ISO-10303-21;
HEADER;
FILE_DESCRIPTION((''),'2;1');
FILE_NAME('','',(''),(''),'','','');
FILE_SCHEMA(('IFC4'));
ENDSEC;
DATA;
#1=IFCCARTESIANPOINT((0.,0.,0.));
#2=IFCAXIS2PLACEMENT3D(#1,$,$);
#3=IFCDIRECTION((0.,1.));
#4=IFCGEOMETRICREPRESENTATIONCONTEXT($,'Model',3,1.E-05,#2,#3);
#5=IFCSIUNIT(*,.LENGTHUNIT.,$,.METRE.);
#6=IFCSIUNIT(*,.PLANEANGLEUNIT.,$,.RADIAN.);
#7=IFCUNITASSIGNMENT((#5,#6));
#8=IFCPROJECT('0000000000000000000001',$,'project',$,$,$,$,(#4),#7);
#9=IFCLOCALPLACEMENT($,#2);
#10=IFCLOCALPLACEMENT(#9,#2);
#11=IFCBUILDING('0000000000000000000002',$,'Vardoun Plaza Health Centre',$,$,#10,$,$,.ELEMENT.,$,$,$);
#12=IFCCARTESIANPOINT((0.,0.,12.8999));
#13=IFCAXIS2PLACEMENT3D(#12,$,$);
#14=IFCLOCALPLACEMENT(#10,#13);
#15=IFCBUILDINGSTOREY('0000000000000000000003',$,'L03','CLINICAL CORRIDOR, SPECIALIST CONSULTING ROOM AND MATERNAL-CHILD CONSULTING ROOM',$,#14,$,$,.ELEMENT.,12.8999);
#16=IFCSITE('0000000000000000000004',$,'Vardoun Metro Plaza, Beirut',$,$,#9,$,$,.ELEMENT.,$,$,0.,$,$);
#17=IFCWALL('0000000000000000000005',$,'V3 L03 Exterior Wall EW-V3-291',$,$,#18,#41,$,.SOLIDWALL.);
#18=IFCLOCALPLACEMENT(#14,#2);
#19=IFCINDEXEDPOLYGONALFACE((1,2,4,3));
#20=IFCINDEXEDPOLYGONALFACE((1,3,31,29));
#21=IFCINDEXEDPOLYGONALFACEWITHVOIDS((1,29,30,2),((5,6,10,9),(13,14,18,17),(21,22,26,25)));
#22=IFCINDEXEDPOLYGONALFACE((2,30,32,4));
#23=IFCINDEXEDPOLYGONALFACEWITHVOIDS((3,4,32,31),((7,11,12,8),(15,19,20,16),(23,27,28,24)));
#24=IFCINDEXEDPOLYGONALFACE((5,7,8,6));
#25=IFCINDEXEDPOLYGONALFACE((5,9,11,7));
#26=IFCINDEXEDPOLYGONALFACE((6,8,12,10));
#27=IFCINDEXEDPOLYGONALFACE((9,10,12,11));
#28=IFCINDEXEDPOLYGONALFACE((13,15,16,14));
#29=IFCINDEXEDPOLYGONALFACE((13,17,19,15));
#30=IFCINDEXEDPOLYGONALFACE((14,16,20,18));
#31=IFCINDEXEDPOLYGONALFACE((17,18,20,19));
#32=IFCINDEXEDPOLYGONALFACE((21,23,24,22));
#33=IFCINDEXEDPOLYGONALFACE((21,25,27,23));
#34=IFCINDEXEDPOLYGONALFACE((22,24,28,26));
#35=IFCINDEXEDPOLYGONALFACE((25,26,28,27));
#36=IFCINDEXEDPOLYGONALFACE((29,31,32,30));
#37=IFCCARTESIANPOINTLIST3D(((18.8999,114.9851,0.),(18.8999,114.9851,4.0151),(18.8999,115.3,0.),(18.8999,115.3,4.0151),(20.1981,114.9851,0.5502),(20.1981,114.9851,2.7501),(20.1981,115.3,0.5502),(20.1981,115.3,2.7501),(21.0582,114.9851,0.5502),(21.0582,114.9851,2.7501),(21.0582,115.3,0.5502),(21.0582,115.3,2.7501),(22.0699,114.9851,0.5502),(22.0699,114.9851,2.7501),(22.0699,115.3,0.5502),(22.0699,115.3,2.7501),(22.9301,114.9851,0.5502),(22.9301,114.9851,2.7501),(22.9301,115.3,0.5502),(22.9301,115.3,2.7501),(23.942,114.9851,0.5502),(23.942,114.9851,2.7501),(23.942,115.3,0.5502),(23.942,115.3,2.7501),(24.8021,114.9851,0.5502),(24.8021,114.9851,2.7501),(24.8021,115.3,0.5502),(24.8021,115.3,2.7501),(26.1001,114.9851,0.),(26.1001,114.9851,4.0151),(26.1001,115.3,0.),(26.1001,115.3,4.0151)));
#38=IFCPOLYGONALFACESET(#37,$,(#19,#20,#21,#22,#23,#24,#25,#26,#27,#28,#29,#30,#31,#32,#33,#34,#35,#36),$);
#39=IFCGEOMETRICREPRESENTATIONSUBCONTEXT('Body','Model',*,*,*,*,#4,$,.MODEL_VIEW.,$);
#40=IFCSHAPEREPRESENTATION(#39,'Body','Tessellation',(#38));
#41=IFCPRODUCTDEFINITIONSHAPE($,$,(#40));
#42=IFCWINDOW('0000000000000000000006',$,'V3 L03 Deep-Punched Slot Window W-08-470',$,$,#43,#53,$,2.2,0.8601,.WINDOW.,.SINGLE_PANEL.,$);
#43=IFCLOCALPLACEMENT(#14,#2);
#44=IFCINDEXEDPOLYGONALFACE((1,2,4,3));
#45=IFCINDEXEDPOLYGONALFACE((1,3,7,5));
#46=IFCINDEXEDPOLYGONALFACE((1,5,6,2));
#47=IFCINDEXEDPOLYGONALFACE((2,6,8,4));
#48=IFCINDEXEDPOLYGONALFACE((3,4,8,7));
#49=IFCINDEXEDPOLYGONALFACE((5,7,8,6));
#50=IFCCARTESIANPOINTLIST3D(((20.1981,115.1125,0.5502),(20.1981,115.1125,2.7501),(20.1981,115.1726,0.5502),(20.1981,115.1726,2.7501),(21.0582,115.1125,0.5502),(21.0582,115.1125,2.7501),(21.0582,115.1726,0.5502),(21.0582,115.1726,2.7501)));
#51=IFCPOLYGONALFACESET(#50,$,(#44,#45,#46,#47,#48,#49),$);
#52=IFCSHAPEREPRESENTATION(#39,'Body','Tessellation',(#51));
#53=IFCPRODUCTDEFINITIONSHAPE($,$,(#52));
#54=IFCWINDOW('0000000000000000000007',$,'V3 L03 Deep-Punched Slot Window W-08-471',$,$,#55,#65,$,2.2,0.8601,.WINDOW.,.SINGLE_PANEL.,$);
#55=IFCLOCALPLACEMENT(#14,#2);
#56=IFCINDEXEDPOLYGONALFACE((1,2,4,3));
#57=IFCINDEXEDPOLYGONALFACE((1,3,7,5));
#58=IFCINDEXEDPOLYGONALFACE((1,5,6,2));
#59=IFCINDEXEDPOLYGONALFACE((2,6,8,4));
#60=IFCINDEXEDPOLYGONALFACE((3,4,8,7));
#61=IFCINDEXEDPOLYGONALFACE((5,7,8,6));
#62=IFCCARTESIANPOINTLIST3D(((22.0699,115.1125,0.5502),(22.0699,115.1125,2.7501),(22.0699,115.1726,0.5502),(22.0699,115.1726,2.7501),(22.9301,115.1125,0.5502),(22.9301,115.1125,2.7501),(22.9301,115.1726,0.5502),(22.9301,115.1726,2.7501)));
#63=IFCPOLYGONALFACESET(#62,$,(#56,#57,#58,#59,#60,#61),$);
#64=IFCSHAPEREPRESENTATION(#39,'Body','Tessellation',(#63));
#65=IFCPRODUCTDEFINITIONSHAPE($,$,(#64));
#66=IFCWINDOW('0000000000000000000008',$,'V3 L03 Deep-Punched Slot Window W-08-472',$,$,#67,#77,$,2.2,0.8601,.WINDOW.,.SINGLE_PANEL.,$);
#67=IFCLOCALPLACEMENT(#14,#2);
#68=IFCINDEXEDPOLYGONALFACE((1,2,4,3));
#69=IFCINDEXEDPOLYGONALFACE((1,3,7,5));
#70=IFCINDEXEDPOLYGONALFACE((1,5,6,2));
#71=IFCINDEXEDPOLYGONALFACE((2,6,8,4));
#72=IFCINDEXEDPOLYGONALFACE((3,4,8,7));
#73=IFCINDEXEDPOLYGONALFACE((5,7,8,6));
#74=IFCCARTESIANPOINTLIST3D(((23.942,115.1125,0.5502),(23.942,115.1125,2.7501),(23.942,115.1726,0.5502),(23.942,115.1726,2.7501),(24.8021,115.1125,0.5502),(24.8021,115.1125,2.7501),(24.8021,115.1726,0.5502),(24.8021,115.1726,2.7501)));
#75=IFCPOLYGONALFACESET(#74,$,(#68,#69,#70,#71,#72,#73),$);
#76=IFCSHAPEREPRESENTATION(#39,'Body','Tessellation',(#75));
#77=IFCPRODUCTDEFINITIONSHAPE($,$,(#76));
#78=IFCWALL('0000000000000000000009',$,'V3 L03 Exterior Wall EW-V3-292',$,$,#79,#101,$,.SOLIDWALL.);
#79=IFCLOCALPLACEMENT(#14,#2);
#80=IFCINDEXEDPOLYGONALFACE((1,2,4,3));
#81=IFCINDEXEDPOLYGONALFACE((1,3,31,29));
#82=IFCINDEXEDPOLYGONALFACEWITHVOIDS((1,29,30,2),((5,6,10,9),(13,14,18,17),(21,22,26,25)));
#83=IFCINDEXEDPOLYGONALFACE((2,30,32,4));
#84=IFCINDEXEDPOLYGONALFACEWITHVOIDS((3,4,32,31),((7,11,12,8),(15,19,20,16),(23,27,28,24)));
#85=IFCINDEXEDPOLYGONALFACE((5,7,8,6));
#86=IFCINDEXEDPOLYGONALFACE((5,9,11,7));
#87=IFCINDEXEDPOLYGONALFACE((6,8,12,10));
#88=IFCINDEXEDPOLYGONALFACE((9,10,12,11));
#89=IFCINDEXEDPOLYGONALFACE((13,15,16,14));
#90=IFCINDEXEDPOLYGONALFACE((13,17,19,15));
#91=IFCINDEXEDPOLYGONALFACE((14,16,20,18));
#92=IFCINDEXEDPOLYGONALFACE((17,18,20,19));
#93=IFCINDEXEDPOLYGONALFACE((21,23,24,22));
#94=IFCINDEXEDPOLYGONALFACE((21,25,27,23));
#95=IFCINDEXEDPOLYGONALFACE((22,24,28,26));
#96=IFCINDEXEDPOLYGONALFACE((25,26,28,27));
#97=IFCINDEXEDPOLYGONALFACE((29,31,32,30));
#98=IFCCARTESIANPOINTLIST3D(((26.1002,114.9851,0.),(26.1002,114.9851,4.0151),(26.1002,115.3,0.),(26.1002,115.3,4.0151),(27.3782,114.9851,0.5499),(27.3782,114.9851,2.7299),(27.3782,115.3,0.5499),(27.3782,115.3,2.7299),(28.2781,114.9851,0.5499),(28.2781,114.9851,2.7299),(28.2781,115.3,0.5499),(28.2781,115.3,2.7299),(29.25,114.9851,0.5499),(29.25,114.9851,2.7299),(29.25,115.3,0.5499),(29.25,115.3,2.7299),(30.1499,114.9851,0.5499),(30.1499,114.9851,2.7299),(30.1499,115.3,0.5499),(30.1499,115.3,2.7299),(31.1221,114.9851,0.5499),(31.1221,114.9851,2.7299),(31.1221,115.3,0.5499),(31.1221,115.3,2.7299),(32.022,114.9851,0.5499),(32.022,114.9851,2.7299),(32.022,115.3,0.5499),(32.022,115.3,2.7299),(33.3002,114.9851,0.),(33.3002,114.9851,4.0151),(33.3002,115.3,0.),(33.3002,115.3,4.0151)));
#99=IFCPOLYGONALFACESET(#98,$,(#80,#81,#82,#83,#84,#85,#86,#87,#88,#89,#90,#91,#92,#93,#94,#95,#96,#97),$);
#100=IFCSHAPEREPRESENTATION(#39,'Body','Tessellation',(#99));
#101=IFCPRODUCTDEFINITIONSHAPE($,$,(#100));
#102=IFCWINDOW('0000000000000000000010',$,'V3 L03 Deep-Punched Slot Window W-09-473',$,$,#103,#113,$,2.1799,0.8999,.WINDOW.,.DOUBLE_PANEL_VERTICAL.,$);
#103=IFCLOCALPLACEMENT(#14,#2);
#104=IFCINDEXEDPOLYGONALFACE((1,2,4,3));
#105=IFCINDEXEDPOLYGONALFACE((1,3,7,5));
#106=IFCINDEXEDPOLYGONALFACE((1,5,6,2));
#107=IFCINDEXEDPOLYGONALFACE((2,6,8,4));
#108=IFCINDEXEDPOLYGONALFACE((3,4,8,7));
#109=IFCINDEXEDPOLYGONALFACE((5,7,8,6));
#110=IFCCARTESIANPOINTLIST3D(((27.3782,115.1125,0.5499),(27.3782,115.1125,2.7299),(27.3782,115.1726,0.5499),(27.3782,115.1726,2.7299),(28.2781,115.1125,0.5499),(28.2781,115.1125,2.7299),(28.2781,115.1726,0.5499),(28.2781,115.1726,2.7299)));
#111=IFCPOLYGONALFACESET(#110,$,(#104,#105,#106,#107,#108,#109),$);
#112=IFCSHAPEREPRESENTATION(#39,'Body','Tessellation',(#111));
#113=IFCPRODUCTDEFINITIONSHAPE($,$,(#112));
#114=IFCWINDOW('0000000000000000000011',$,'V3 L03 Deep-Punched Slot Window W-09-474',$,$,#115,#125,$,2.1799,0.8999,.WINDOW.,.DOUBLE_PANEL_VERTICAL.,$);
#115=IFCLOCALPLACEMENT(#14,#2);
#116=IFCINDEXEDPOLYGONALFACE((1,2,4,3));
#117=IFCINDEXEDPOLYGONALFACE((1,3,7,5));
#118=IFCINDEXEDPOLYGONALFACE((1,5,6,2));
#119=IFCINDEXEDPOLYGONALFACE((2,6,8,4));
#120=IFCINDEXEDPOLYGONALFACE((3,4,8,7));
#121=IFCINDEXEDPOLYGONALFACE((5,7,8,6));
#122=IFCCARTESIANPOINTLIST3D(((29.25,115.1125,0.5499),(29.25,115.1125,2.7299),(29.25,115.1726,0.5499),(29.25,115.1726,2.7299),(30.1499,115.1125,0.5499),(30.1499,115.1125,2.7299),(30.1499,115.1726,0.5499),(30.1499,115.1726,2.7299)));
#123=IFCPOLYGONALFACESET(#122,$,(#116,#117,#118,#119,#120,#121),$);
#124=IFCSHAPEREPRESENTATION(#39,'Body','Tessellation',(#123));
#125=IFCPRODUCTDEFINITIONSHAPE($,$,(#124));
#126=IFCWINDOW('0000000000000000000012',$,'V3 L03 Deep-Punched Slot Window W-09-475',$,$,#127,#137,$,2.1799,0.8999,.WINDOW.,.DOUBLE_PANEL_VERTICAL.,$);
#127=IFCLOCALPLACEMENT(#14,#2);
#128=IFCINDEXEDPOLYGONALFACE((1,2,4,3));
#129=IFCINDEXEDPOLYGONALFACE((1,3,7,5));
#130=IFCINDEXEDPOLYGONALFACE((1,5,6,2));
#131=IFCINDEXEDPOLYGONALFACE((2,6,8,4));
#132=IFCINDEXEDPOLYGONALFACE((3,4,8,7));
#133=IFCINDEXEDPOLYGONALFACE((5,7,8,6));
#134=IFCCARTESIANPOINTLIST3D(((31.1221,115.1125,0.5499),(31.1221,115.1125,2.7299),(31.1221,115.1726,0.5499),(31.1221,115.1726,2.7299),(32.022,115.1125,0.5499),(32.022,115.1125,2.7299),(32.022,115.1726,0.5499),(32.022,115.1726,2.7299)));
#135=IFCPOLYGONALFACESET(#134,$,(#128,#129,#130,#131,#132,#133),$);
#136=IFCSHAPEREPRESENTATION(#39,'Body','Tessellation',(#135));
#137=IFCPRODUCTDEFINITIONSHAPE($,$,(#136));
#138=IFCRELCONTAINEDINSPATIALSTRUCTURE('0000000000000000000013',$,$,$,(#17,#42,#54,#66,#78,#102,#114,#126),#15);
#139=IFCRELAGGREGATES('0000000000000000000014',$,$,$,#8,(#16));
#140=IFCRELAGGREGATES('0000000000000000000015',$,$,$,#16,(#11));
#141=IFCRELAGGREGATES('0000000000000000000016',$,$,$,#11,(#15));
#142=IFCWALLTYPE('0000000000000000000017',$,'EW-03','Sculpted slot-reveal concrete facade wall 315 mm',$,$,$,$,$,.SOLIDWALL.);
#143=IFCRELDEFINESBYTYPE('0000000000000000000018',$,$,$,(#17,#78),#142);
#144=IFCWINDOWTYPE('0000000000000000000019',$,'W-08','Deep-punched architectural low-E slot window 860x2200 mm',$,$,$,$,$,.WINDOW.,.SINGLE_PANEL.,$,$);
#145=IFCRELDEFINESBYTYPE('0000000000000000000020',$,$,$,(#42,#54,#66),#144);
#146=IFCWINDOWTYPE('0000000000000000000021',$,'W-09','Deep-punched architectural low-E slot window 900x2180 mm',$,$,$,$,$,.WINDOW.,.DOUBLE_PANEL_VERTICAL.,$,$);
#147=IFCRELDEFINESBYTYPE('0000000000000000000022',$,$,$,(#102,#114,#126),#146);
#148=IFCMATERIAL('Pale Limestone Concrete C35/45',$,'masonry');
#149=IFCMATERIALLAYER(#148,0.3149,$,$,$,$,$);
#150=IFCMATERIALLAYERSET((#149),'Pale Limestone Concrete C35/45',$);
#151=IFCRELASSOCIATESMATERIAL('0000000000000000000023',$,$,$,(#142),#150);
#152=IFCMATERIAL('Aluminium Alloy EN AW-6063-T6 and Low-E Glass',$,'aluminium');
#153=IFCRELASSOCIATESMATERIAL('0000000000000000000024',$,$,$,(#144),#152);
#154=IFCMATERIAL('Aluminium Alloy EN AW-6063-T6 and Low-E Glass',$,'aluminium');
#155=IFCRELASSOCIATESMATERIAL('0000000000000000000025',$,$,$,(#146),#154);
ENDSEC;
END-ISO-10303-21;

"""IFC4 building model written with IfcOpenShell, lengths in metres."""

from ifc_helpers import new_model, si_unit, direction, frame, frame_2d, origin, place, context, subcontext, project, spatial, rectangle, extrude, material, layer, layer_set, type_object, element, fill, save


model = new_model("IFC4")

# Units and contexts
model_context = context("Model", 3, precision=1e-05, world=origin(), true_north=direction((0.0, 1.0)))
body_context = subcontext(model_context, "Body", "Model", "MODEL_VIEW")
ifc_project = project(units=[si_unit("LENGTHUNIT", "METRE"), si_unit("PLANEANGLEUNIT", "RADIAN")], contexts=[model_context])

# Site, building, storey
site_placement = place(None, origin())
site = spatial("IfcSite", under=ifc_project, at=site_placement, Name="Vardoun Metro Plaza, Beirut", CompositionType="ELEMENT", RefElevation=0.0)
building_placement = place(site_placement, origin())
building = spatial("IfcBuilding", under=site, at=building_placement, Name="Vardoun Plaza Health Centre", CompositionType="ELEMENT")
storey_placement = place(building_placement, frame((0.0, 0.0, 12.8999)))
storey = spatial("IfcBuildingStorey", under=building, at=storey_placement, Name="L03", Description="CLINICAL CORRIDOR, SPECIALIST CONSULTING ROOM AND MATERNAL-CHILD CONSULTING ROOM", CompositionType="ELEMENT", Elevation=12.8999)

# Walls, openings, windows
ifc_material_1 = material(Name="Pale Limestone Concrete C35/45", Category="masonry")
ifc_layer_1 = layer(ifc_material_1, 0.3149)
ifc_layer_set_1 = layer_set([ifc_layer_1], Name="Pale Limestone Concrete C35/45")
wall_type_1 = type_object("IfcWallType", Name="EW-03", Description="Sculpted slot-reveal concrete facade wall 315 mm", PredefinedType="SOLIDWALL", material=ifc_layer_set_1)
wall_1_placement = place(storey_placement, frame((18.8999, 115.1426, 0.0), z_axis=(0.0, 0.0, 1.0), x_axis=(1.0, 0.0, 0.0)))
wall_1 = element("IfcWall", 1, at=wall_1_placement, inside=storey, type_object=wall_type_1, Name="V3 L03 Exterior Wall EW-V3-291", PredefinedType="SOLIDWALL", context=body_context, shape_type="SweptSolid", body=[
    extrude(rectangle(XDim=7.2002, YDim=0.3149, at=frame_2d((3.6001, 0.0))), origin(), (0.0, 0.0, 1.0), 4.0151),
])
opening_1_placement = place(wall_1_placement, frame((1.2981, 0.0, 0.55)))
opening_1 = element("IfcOpeningElement", 2, at=opening_1_placement, cuts=wall_1, PredefinedType="OPENING", context=body_context, shape_type="SweptSolid", body=[
    extrude(rectangle(XDim=0.8601, YDim=2.2, at=frame_2d((0.4302, 1.1001))), frame((0.0, 0.1575, 0.0), z_axis=(0.0, -1.0, 0.0), x_axis=(1.0, 0.0, 0.0)), (0.0, 0.0, 1.0), 0.3149),
])
opening_2_placement = place(wall_1_placement, frame((3.1699, 0.0, 0.55)))
opening_2 = element("IfcOpeningElement", 3, at=opening_2_placement, cuts=wall_1, PredefinedType="OPENING", context=body_context, shape_type="SweptSolid", body=[
    extrude(rectangle(XDim=0.8601, YDim=2.2, at=frame_2d((0.4302, 1.1001))), frame((0.0, 0.1575, 0.0), z_axis=(0.0, -1.0, 0.0), x_axis=(1.0, 0.0, 0.0)), (0.0, 0.0, 1.0), 0.3149),
])
opening_3_placement = place(wall_1_placement, frame((5.042, 0.0, 0.55)))
opening_3 = element("IfcOpeningElement", 4, at=opening_3_placement, cuts=wall_1, PredefinedType="OPENING", context=body_context, shape_type="SweptSolid", body=[
    extrude(rectangle(XDim=0.8601, YDim=2.2, at=frame_2d((0.4302, 1.1001))), frame((0.0, 0.1575, 0.0), z_axis=(0.0, -1.0, 0.0), x_axis=(1.0, 0.0, 0.0)), (0.0, 0.0, 1.0), 0.3149),
])
ifc_material_2 = material(Name="Aluminium Alloy EN AW-6063-T6 and Low-E Glass", Category="aluminium")
window_type_1 = type_object("IfcWindowType", Name="W-08", Description="Deep-punched architectural low-E slot window 860x2200 mm", PartitioningType="SINGLE_PANEL", PredefinedType="WINDOW", material=ifc_material_2)
window_1_placement = place(opening_1_placement, origin())
window_1 = element("IfcWindow", 5, at=window_1_placement, inside=storey, type_object=window_type_1, Name="V3 L03 Deep-Punched Slot Window W-08-470", OverallHeight=2.2, OverallWidth=0.8601, PartitioningType="SINGLE_PANEL", PredefinedType="WINDOW", context=body_context, shape_type="SweptSolid", body=[
    extrude(rectangle(XDim=0.8601, YDim=2.2, at=frame_2d((0.4302, 1.1001))), frame((0.0, 0.03, 0.0), z_axis=(0.0, -1.0, 0.0), x_axis=(1.0, 0.0, 0.0)), (0.0, 0.0, 1.0), 0.0601),
])
fill(opening_1, window_1)
window_2_placement = place(opening_2_placement, origin())
window_2 = element("IfcWindow", 6, at=window_2_placement, inside=storey, type_object=window_type_1, Name="V3 L03 Deep-Punched Slot Window W-08-471", OverallHeight=2.2, OverallWidth=0.8601, PartitioningType="SINGLE_PANEL", PredefinedType="WINDOW", context=body_context, shape_type="SweptSolid", body=[
    extrude(rectangle(XDim=0.8601, YDim=2.2, at=frame_2d((0.4302, 1.1001))), frame((0.0, 0.03, 0.0), z_axis=(0.0, -1.0, 0.0), x_axis=(1.0, 0.0, 0.0)), (0.0, 0.0, 1.0), 0.0601),
])
fill(opening_2, window_2)
window_3_placement = place(opening_3_placement, origin())
window_3 = element("IfcWindow", 7, at=window_3_placement, inside=storey, type_object=window_type_1, Name="V3 L03 Deep-Punched Slot Window W-08-472", OverallHeight=2.2, OverallWidth=0.8601, PartitioningType="SINGLE_PANEL", PredefinedType="WINDOW", context=body_context, shape_type="SweptSolid", body=[
    extrude(rectangle(XDim=0.8601, YDim=2.2, at=frame_2d((0.4302, 1.1001))), frame((0.0, 0.03, 0.0), z_axis=(0.0, -1.0, 0.0), x_axis=(1.0, 0.0, 0.0)), (0.0, 0.0, 1.0), 0.0601),
])
fill(opening_3, window_3)
wall_2_placement = place(storey_placement, frame((26.1001, 115.1426, 0.0), z_axis=(0.0, 0.0, 1.0), x_axis=(1.0, 0.0, 0.0)))
wall_2 = element("IfcWall", 8, at=wall_2_placement, inside=storey, type_object=wall_type_1, Name="V3 L03 Exterior Wall EW-V3-292", PredefinedType="SOLIDWALL", context=body_context, shape_type="SweptSolid", body=[
    extrude(rectangle(XDim=7.2, YDim=0.3149, at=frame_2d((3.6001, 0.0))), origin(), (0.0, 0.0, 1.0), 4.0151),
])
opening_4_placement = place(wall_2_placement, frame((1.2781, 0.0, 0.55)))
opening_4 = element("IfcOpeningElement", 9, at=opening_4_placement, cuts=wall_2, PredefinedType="OPENING", context=body_context, shape_type="SweptSolid", body=[
    extrude(rectangle(XDim=0.8999, YDim=2.1799, at=frame_2d((0.45, 1.0898))), frame((0.0, 0.1575, 0.0), z_axis=(0.0, -1.0, 0.0), x_axis=(1.0, 0.0, 0.0)), (0.0, 0.0, 1.0), 0.3149),
])
opening_5_placement = place(wall_2_placement, frame((3.1499, 0.0, 0.55)))
opening_5 = element("IfcOpeningElement", 10, at=opening_5_placement, cuts=wall_2, PredefinedType="OPENING", context=body_context, shape_type="SweptSolid", body=[
    extrude(rectangle(XDim=0.8999, YDim=2.1799, at=frame_2d((0.45, 1.0898))), frame((0.0, 0.1575, 0.0), z_axis=(0.0, -1.0, 0.0), x_axis=(1.0, 0.0, 0.0)), (0.0, 0.0, 1.0), 0.3149),
])
opening_6_placement = place(wall_2_placement, frame((5.022, 0.0, 0.55)))
opening_6 = element("IfcOpeningElement", 11, at=opening_6_placement, cuts=wall_2, PredefinedType="OPENING", context=body_context, shape_type="SweptSolid", body=[
    extrude(rectangle(XDim=0.8999, YDim=2.1799, at=frame_2d((0.45, 1.0898))), frame((0.0, 0.1575, 0.0), z_axis=(0.0, -1.0, 0.0), x_axis=(1.0, 0.0, 0.0)), (0.0, 0.0, 1.0), 0.3149),
])
ifc_material_3 = material(Name="Aluminium Alloy EN AW-6063-T6 and Low-E Glass", Category="aluminium")
window_type_2 = type_object("IfcWindowType", Name="W-09", Description="Deep-punched architectural low-E slot window 900x2180 mm", PartitioningType="DOUBLE_PANEL_VERTICAL", PredefinedType="WINDOW", material=ifc_material_3)
window_4_placement = place(opening_4_placement, origin())
window_4 = element("IfcWindow", 12, at=window_4_placement, inside=storey, type_object=window_type_2, Name="V3 L03 Deep-Punched Slot Window W-09-473", OverallHeight=2.1799, OverallWidth=0.8999, PartitioningType="DOUBLE_PANEL_VERTICAL", PredefinedType="WINDOW", context=body_context, shape_type="SweptSolid", body=[
    extrude(rectangle(XDim=0.8999, YDim=2.1799, at=frame_2d((0.45, 1.0898))), frame((0.0, 0.03, 0.0), z_axis=(0.0, -1.0, 0.0), x_axis=(1.0, 0.0, 0.0)), (0.0, 0.0, 1.0), 0.0601),
])
fill(opening_4, window_4)
window_5_placement = place(opening_5_placement, origin())
window_5 = element("IfcWindow", 13, at=window_5_placement, inside=storey, type_object=window_type_2, Name="V3 L03 Deep-Punched Slot Window W-09-474", OverallHeight=2.1799, OverallWidth=0.8999, PartitioningType="DOUBLE_PANEL_VERTICAL", PredefinedType="WINDOW", context=body_context, shape_type="SweptSolid", body=[
    extrude(rectangle(XDim=0.8999, YDim=2.1799, at=frame_2d((0.45, 1.0898))), frame((0.0, 0.03, 0.0), z_axis=(0.0, -1.0, 0.0), x_axis=(1.0, 0.0, 0.0)), (0.0, 0.0, 1.0), 0.0601),
])
fill(opening_5, window_5)
window_6_placement = place(opening_6_placement, origin())
window_6 = element("IfcWindow", 14, at=window_6_placement, inside=storey, type_object=window_type_2, Name="V3 L03 Deep-Punched Slot Window W-09-475", OverallHeight=2.1799, OverallWidth=0.8999, PartitioningType="DOUBLE_PANEL_VERTICAL", PredefinedType="WINDOW", context=body_context, shape_type="SweptSolid", body=[
    extrude(rectangle(XDim=0.8999, YDim=2.1799, at=frame_2d((0.45, 1.0898))), frame((0.0, 0.03, 0.0), z_axis=(0.0, -1.0, 0.0), x_axis=(1.0, 0.0, 0.0)), (0.0, 0.0, 1.0), 0.0601),
])
fill(opening_6, window_6)

save(model, "model.ifc")
